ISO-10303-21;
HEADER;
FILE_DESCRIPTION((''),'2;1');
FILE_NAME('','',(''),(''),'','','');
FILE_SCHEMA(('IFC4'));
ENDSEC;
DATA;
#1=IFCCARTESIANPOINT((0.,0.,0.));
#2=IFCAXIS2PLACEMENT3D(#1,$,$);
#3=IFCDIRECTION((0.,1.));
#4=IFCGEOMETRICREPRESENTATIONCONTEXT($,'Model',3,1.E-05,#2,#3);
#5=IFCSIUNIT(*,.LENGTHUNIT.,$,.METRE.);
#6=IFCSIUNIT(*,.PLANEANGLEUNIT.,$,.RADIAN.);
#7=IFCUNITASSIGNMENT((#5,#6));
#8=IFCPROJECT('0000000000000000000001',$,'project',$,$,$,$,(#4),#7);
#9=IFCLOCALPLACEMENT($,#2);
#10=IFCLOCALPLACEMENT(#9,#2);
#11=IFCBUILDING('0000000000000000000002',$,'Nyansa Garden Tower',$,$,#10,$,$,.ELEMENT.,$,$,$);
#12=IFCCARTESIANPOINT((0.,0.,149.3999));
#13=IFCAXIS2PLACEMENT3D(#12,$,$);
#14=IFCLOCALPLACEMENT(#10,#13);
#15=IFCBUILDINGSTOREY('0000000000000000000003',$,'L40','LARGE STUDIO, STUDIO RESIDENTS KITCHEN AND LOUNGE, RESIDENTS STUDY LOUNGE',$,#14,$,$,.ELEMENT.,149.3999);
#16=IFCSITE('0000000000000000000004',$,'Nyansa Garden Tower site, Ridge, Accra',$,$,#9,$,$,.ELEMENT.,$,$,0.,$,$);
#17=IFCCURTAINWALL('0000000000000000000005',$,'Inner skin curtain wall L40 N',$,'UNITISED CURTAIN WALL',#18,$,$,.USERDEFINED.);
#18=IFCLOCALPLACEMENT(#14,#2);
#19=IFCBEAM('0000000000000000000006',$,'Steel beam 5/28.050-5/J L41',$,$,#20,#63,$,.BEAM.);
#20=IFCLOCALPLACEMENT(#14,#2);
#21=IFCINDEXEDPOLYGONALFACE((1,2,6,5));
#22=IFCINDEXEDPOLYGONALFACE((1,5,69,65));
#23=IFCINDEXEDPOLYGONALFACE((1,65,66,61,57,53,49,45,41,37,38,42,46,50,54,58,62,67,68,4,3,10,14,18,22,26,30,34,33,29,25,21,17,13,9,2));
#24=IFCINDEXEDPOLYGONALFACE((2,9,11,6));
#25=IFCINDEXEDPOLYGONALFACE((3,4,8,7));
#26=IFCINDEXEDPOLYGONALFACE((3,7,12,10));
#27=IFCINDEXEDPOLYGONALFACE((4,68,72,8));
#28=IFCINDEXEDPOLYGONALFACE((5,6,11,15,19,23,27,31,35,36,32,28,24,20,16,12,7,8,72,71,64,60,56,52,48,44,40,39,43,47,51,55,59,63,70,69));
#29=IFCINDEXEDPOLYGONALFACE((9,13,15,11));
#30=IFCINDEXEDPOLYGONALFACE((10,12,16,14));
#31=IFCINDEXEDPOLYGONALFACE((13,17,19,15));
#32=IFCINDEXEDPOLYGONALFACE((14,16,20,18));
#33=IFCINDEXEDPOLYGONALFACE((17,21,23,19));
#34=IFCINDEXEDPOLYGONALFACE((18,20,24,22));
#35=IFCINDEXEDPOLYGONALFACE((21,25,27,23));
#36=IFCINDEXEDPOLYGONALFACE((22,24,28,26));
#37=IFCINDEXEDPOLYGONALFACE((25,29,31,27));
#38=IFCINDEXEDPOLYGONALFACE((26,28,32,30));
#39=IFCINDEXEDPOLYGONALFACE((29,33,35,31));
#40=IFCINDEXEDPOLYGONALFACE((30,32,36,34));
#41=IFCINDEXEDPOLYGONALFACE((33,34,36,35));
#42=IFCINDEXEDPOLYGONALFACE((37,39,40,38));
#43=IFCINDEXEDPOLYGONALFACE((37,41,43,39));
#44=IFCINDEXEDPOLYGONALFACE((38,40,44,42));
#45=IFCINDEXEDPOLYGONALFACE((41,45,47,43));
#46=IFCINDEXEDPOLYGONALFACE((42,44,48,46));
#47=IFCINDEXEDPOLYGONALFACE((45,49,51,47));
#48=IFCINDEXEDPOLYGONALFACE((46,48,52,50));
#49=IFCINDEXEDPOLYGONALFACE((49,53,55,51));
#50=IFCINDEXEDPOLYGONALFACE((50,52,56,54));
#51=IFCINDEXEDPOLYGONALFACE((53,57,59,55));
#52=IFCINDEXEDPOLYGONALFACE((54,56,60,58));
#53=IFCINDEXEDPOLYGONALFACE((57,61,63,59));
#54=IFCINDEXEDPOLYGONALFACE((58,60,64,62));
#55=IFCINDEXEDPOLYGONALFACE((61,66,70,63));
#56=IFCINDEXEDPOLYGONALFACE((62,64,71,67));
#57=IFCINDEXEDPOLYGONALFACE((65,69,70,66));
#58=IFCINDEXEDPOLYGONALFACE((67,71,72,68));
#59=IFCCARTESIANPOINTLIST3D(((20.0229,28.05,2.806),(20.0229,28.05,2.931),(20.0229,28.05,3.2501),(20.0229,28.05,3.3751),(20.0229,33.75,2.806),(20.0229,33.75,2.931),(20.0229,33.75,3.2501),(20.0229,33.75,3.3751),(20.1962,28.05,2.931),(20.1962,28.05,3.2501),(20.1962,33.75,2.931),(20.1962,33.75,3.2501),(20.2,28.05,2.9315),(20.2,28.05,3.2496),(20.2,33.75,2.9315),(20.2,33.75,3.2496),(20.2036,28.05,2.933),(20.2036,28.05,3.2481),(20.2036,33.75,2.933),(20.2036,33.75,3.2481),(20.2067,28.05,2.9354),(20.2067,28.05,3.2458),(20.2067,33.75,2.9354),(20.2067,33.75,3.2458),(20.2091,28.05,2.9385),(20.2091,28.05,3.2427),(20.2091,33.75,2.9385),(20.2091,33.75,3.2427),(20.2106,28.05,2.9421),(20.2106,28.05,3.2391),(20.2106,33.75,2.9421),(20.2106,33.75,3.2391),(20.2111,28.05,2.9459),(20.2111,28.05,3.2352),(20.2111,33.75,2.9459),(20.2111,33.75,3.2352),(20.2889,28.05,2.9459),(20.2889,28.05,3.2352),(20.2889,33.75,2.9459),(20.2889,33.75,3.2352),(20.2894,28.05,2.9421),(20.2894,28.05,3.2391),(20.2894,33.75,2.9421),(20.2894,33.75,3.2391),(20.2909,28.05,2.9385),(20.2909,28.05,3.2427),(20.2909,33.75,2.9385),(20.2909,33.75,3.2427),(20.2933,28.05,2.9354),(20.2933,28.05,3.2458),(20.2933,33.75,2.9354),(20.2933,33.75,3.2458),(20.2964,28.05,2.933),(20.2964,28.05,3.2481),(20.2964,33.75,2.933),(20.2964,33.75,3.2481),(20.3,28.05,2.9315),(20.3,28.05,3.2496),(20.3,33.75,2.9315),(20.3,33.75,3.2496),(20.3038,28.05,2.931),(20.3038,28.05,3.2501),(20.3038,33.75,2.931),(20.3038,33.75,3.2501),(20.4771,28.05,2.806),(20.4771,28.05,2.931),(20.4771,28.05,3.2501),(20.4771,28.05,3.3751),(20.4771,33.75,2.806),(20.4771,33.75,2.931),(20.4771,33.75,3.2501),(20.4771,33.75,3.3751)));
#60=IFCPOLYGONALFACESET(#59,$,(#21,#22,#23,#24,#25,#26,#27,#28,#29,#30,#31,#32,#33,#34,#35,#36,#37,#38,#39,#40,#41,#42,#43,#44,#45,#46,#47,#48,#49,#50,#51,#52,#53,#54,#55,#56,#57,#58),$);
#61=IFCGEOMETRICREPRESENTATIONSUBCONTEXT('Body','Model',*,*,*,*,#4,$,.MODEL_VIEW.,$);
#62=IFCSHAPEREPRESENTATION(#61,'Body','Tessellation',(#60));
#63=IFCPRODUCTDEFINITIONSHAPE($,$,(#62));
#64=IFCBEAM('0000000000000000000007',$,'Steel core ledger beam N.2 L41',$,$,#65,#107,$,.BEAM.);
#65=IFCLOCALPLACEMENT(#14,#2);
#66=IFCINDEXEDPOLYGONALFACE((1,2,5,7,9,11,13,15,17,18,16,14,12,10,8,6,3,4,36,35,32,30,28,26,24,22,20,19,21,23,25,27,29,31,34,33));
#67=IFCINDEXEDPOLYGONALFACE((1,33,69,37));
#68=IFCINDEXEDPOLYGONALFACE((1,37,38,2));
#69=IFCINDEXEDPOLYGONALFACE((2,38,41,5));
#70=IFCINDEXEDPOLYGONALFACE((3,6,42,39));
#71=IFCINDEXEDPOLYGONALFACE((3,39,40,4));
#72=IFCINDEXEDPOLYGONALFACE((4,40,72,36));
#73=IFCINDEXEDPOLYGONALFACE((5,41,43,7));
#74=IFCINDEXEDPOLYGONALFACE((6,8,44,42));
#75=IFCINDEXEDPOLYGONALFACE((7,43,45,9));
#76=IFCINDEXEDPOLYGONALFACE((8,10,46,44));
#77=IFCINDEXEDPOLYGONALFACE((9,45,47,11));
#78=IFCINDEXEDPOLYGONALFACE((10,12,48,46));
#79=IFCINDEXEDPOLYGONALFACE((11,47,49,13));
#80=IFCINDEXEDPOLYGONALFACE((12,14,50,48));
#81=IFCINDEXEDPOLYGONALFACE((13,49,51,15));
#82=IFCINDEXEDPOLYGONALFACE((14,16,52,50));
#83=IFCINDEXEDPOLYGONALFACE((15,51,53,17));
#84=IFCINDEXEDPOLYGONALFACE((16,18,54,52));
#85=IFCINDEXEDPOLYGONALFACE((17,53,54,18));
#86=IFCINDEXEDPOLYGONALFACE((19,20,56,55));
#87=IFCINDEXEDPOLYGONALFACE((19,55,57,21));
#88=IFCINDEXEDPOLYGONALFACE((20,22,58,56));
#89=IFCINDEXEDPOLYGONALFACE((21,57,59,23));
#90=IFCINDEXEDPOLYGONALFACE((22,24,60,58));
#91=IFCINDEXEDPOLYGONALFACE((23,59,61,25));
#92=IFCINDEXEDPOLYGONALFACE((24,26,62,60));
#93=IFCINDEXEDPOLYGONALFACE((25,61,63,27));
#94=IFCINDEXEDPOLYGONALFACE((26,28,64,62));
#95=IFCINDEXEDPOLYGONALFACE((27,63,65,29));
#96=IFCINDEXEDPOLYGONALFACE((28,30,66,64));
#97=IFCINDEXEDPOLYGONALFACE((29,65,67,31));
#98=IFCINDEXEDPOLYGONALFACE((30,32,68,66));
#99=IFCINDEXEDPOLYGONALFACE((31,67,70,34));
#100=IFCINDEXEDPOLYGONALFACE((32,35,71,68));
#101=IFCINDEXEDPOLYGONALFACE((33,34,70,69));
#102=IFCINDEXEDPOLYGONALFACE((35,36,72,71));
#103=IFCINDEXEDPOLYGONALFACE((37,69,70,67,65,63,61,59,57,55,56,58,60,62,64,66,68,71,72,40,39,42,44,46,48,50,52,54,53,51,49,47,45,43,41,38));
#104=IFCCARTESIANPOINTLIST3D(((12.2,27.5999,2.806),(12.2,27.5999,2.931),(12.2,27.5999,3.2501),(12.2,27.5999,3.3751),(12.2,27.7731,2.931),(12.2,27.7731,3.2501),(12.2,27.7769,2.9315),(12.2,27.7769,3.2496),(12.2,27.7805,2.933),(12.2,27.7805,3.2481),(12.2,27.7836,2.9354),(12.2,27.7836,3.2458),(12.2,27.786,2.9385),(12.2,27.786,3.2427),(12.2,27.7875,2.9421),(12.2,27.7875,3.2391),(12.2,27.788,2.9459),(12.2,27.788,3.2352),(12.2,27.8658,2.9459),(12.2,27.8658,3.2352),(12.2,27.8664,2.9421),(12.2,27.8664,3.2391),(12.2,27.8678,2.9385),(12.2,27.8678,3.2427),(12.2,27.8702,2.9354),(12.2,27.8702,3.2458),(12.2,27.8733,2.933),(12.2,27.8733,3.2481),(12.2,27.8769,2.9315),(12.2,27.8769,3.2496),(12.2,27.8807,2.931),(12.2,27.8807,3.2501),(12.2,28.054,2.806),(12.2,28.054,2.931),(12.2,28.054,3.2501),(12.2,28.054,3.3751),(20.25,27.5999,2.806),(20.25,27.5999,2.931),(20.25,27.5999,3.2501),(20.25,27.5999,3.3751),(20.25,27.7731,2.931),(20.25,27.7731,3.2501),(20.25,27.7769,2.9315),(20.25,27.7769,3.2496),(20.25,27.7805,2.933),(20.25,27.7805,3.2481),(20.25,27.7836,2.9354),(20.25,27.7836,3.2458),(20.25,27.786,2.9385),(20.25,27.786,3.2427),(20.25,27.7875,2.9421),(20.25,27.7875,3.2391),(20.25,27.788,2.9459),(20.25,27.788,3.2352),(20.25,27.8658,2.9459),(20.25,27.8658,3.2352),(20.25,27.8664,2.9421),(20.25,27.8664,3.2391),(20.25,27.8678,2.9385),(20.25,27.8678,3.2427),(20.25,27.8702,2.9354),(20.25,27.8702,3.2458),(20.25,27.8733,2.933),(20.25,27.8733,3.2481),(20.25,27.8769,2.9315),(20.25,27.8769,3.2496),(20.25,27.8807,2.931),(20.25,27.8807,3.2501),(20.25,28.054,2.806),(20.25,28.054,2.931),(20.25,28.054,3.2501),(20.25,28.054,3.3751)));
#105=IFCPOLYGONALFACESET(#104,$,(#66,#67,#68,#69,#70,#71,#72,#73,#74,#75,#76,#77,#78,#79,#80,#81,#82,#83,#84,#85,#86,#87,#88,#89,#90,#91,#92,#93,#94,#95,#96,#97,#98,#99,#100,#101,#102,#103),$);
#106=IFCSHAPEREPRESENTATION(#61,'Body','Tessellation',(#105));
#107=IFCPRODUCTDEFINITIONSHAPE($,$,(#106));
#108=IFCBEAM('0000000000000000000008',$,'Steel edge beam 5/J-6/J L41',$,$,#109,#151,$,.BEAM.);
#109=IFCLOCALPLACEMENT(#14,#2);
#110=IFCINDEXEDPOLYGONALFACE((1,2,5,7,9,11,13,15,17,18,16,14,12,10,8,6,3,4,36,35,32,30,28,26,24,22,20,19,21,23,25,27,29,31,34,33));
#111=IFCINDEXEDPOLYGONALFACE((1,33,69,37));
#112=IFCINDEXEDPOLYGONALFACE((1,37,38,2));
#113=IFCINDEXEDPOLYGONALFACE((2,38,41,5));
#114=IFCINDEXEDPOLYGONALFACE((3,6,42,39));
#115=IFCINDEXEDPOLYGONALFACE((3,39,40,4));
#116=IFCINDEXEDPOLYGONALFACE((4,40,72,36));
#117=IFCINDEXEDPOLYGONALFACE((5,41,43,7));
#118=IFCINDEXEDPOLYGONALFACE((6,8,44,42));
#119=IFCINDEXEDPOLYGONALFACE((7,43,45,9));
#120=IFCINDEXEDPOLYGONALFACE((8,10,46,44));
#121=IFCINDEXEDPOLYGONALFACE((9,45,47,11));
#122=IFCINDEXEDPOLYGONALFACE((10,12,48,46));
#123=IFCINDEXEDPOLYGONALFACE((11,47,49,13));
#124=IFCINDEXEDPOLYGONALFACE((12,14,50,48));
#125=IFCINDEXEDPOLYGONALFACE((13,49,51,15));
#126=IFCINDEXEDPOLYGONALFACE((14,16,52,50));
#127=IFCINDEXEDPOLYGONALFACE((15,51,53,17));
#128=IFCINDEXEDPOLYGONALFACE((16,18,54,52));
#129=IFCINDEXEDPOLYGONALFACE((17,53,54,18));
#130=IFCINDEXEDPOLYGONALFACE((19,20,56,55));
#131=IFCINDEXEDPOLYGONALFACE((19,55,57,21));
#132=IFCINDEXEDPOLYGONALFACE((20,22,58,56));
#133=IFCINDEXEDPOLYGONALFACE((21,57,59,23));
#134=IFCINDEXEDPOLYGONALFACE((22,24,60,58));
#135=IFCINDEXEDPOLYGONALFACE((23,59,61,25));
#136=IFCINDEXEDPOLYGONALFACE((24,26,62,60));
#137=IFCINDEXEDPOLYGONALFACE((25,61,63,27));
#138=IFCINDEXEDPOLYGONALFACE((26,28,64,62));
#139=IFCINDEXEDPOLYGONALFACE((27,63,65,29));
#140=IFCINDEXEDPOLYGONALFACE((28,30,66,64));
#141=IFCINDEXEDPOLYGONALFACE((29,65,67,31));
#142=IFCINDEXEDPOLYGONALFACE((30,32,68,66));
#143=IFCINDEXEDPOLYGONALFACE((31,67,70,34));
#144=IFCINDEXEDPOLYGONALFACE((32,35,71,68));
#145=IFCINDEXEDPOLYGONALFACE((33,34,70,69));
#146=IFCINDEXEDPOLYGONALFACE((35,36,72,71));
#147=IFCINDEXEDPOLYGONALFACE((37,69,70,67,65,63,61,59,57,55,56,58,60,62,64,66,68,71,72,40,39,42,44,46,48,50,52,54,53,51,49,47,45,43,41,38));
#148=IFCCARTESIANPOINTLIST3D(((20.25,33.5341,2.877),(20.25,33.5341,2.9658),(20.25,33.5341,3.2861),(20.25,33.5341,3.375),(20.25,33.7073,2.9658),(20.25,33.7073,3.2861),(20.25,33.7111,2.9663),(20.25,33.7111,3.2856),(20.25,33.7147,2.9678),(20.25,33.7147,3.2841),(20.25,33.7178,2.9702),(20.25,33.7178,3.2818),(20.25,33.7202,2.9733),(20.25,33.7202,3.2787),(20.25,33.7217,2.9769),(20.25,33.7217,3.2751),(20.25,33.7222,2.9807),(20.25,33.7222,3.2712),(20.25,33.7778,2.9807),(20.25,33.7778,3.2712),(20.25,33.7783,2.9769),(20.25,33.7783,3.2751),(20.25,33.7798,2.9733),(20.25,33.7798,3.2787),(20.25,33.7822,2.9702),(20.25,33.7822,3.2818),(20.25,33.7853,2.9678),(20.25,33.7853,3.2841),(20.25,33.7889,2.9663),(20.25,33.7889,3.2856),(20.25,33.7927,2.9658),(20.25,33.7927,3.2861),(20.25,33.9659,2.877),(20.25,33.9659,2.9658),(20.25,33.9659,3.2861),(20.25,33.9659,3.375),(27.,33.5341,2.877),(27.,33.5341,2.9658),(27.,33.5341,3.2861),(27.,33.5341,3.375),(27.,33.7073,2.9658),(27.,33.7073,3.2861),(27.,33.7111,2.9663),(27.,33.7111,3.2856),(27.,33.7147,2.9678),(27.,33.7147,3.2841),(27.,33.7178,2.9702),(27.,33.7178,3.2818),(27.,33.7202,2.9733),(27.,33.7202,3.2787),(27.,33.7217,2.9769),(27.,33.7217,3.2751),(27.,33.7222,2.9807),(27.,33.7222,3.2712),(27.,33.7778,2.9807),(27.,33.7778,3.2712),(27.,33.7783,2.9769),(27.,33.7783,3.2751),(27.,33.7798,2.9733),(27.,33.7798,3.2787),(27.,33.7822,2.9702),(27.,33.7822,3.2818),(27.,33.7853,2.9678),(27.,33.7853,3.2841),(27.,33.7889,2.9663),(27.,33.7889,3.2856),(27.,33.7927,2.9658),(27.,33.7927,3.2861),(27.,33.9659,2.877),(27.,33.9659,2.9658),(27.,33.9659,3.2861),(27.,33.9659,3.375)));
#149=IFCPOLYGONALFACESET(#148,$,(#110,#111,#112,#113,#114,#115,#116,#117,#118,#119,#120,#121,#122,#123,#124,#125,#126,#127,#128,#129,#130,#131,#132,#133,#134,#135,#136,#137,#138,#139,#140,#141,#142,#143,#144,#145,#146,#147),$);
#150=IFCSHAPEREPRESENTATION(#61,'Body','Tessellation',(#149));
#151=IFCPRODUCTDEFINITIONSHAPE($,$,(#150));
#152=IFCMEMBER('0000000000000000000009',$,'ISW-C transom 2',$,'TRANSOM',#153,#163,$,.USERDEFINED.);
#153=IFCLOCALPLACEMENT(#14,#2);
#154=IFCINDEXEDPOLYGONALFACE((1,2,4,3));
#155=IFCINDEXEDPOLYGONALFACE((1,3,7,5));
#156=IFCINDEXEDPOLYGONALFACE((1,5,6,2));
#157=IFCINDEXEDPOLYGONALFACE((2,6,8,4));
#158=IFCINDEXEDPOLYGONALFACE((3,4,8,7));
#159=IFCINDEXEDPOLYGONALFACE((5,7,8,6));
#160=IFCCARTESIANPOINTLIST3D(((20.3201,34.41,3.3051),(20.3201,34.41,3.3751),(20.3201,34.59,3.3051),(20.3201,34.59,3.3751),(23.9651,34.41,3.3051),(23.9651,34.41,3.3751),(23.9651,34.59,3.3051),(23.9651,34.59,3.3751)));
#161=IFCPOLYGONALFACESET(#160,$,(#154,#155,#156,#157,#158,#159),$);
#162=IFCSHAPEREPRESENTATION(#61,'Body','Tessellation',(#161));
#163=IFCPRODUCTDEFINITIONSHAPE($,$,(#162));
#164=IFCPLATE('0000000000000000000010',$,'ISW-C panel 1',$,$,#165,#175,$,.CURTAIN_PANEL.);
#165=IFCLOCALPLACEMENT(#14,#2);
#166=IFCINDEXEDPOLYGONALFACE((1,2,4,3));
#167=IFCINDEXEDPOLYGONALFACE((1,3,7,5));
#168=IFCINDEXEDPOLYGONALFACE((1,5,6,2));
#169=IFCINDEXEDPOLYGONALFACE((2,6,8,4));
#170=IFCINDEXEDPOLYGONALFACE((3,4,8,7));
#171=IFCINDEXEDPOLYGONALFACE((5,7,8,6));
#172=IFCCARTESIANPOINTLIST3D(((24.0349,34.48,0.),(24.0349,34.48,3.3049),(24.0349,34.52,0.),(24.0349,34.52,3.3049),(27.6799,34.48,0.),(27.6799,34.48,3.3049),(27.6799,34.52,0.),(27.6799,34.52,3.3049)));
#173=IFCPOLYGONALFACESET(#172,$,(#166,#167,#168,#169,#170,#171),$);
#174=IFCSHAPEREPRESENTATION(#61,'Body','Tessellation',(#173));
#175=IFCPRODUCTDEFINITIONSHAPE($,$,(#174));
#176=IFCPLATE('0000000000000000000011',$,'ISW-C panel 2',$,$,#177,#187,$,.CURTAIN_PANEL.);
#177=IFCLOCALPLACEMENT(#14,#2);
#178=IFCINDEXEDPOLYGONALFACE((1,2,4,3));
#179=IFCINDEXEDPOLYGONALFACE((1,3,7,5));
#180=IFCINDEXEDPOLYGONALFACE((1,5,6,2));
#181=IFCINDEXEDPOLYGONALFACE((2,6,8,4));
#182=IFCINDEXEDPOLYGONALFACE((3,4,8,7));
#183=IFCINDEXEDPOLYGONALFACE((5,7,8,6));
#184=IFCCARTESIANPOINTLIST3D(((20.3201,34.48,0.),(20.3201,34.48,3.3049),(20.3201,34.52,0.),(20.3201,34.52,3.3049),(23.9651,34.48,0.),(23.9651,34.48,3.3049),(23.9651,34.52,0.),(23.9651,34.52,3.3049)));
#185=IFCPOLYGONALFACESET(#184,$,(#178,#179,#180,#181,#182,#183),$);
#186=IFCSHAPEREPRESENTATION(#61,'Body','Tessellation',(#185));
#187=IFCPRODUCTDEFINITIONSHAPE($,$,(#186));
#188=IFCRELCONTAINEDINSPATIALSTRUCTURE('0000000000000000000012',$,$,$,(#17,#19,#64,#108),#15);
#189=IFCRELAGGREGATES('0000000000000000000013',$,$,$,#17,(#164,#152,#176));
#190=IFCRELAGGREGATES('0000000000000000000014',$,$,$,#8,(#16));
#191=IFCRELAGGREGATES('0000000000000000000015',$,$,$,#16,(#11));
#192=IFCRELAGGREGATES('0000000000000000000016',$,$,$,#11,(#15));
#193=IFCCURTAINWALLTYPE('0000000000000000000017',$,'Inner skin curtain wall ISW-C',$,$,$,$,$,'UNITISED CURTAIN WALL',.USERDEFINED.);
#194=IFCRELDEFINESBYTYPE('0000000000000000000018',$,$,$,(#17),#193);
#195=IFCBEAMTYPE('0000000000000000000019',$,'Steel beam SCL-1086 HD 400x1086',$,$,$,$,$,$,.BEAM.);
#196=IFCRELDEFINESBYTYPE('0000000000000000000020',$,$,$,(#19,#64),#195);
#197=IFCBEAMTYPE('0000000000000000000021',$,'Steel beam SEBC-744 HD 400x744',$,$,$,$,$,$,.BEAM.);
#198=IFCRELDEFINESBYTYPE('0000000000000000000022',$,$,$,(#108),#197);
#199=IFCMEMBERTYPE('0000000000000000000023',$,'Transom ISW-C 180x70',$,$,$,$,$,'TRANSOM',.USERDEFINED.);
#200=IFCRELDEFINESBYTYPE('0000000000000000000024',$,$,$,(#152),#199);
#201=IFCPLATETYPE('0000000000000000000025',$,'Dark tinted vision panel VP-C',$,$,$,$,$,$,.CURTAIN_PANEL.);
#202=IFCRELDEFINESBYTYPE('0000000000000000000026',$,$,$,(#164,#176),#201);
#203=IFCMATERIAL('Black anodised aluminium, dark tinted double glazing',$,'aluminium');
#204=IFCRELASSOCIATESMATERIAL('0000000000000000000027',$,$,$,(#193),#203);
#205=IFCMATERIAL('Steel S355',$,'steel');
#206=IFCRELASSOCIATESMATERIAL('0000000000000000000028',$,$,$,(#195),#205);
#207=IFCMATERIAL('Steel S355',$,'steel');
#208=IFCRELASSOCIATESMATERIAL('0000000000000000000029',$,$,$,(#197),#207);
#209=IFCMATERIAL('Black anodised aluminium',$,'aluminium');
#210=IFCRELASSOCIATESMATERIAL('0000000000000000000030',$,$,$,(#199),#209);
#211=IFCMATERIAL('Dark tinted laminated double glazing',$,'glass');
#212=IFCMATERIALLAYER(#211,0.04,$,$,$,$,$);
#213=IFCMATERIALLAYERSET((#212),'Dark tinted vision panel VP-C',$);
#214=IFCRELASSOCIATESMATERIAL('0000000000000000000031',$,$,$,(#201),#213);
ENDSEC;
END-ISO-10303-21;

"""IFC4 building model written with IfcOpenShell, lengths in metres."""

from ifc_helpers import new_model, si_unit, direction, frame, origin, origin_2d, place, context, subcontext, project, spatial, rectangle, i_section, extrude, material, layer, layer_set, material_profile, profile_set, type_object, element, aggregate, save


model = new_model("IFC4")

# Units and contexts
model_context = context("Model", 3, precision=1e-05, world=origin(), true_north=direction((0.0, 1.0)))
body_context = subcontext(model_context, "Body", "Model", "MODEL_VIEW")
ifc_project = project(units=[si_unit("LENGTHUNIT", "METRE"), si_unit("PLANEANGLEUNIT", "RADIAN")], contexts=[model_context])

# Site, building, storey
site_placement = place(None, origin())
site = spatial("IfcSite", under=ifc_project, at=site_placement, Name="Nyansa Garden Tower site, Ridge, Accra", CompositionType="ELEMENT", RefElevation=0.0)
building_placement = place(site_placement, origin())
building = spatial("IfcBuilding", under=site, at=building_placement, Name="Nyansa Garden Tower", CompositionType="ELEMENT")
storey_placement = place(building_placement, frame((0.0, 0.0, 149.3999)))
storey = spatial("IfcBuildingStorey", under=building, at=storey_placement, Name="L40", Description="LARGE STUDIO, STUDIO RESIDENTS KITCHEN AND LOUNGE, RESIDENTS STUDY LOUNGE", CompositionType="ELEMENT", Elevation=149.3999)

# Curtain wall
ifc_material_1 = material(Name="Black anodised aluminium, dark tinted double glazing", Category="aluminium")
curtain_wall_type = type_object("IfcCurtainWallType", Name="Inner skin curtain wall ISW-C", ElementType="UNITISED CURTAIN WALL", PredefinedType="USERDEFINED", material=ifc_material_1)
curtain_wall_placement = place(storey_placement, origin())
curtain_wall = element("IfcCurtainWall", 1, at=curtain_wall_placement, inside=storey, type_object=curtain_wall_type, Name="Inner skin curtain wall L40 N", ObjectType="UNITISED CURTAIN WALL", PredefinedType="USERDEFINED")

# Beams
ifc_material_2 = material(Name="Steel S355", Category="steel")
ifc_material_profile_1 = material_profile(ifc_material_2, i_section(OverallWidth=0.4541, OverallDepth=0.5691, WebThickness=0.0779, FlangeThickness=0.125, FilletRadius=0.0149, at=origin_2d()), Name="HD 400x1086")
ifc_profile_set_1 = profile_set([ifc_material_profile_1], Name="Steel S355")
beam_type_1 = type_object("IfcBeamType", Name="Steel beam SCL-1086 HD 400x1086", PredefinedType="BEAM", material=ifc_profile_set_1)
beam_1_placement = place(storey_placement, frame((20.25, 28.05, 3.0906), z_axis=(0.0, 1.0, 0.0), x_axis=(-1.0, 0.0, 0.0)))
element("IfcBeam", 2, at=beam_1_placement, inside=storey, type_object=beam_type_1, Name="Steel beam 5/28.050-5/J L41", PredefinedType="BEAM", context=body_context, shape_type="SweptSolid", body=[
    extrude(i_section(OverallWidth=0.4541, OverallDepth=0.5691, WebThickness=0.0779, FlangeThickness=0.125, FilletRadius=0.0149, at=origin_2d()), origin(), (0.0, 0.0, 1.0), 5.7),
])
beam_2_placement = place(storey_placement, frame((20.25, 27.8269, 3.0906), z_axis=(-1.0, 0.0, 0.0), x_axis=(0.0, -1.0, 0.0)))
element("IfcBeam", 3, at=beam_2_placement, inside=storey, type_object=beam_type_1, Name="Steel core ledger beam N.2 L41", PredefinedType="BEAM", context=body_context, shape_type="SweptSolid", body=[
    extrude(i_section(OverallWidth=0.4541, OverallDepth=0.5691, WebThickness=0.0779, FlangeThickness=0.125, FilletRadius=0.0149, at=origin_2d()), origin(), (0.0, 0.0, 1.0), 8.05),
])
ifc_material_3 = material(Name="Steel S355", Category="steel")
ifc_material_profile_2 = material_profile(ifc_material_3, i_section(OverallWidth=0.4319, OverallDepth=0.498, WebThickness=0.0557, FlangeThickness=0.0889, FilletRadius=0.0149, at=origin_2d()), Name="HD 400x744")
ifc_profile_set_2 = profile_set([ifc_material_profile_2], Name="Steel S355")
beam_type_2 = type_object("IfcBeamType", Name="Steel beam SEBC-744 HD 400x744", PredefinedType="BEAM", material=ifc_profile_set_2)
beam_3_placement = place(storey_placement, frame((20.25, 33.75, 3.126), z_axis=(1.0, 0.0, 0.0), x_axis=(0.0, 1.0, 0.0)))
element("IfcBeam", 4, at=beam_3_placement, inside=storey, type_object=beam_type_2, Name="Steel edge beam 5/J-6/J L41", PredefinedType="BEAM", context=body_context, shape_type="SweptSolid", body=[
    extrude(i_section(OverallWidth=0.4319, OverallDepth=0.498, WebThickness=0.0557, FlangeThickness=0.0889, FilletRadius=0.0149, at=origin_2d()), origin(), (0.0, 0.0, 1.0), 6.75),
])

# Member
ifc_material_4 = material(Name="Black anodised aluminium", Category="aluminium")
ifc_material_profile_3 = material_profile(ifc_material_4, rectangle(XDim=0.1799, YDim=0.0701, at=origin_2d()), Name="Transom 180x70")
ifc_profile_set_3 = profile_set([ifc_material_profile_3], Name="Black anodised aluminium")
member_type_1 = type_object("IfcMemberType", Name="Transom ISW-C 180x70", ElementType="TRANSOM", PredefinedType="USERDEFINED", material=ifc_profile_set_3)
member_1_placement = place(storey_placement, frame((23.9651, 34.5, 3.3401), z_axis=(-1.0, 0.0, 0.0), x_axis=(0.0, -1.0, 0.0)))
member_1 = element("IfcMember", 5, at=member_1_placement, type_object=member_type_1, Name="ISW-C transom 2", ObjectType="TRANSOM", PredefinedType="USERDEFINED", context=body_context, shape_type="SweptSolid", body=[
    extrude(rectangle(XDim=0.1799, YDim=0.0701, at=origin_2d()), origin(), (0.0, 0.0, 1.0), 3.645),
])

# Plates
ifc_material_5 = material(Name="Dark tinted laminated double glazing", Category="glass")
ifc_layer_1 = layer(ifc_material_5, 0.04)
ifc_layer_set_1 = layer_set([ifc_layer_1], Name="Dark tinted vision panel VP-C")
plate_type = type_object("IfcPlateType", Name="Dark tinted vision panel VP-C", PredefinedType="CURTAIN_PANEL", material=ifc_layer_set_1)
plate_1_placement = place(storey_placement, frame((25.8574, 34.5, 0.0), z_axis=(0.0, 0.0, 1.0), x_axis=(-1.0, 0.0, 0.0)))
plate_1 = element("IfcPlate", 6, at=plate_1_placement, type_object=plate_type, Name="ISW-C panel 1", PredefinedType="CURTAIN_PANEL", context=body_context, shape_type="SweptSolid", body=[
    extrude(rectangle(XDim=3.645, YDim=0.04, at=origin_2d()), origin(), (0.0, 0.0, 1.0), 3.3049),
])
plate_2_placement = place(storey_placement, frame((22.1426, 34.5, 0.0), z_axis=(0.0, 0.0, 1.0), x_axis=(-1.0, 0.0, 0.0)))
plate_2 = element("IfcPlate", 7, at=plate_2_placement, type_object=plate_type, Name="ISW-C panel 2", PredefinedType="CURTAIN_PANEL", context=body_context, shape_type="SweptSolid", body=[
    extrude(rectangle(XDim=3.645, YDim=0.04, at=origin_2d()), origin(), (0.0, 0.0, 1.0), 3.3049),
])
aggregate(curtain_wall, [plate_1, member_1, plate_2])

save(model, "model.ifc")
